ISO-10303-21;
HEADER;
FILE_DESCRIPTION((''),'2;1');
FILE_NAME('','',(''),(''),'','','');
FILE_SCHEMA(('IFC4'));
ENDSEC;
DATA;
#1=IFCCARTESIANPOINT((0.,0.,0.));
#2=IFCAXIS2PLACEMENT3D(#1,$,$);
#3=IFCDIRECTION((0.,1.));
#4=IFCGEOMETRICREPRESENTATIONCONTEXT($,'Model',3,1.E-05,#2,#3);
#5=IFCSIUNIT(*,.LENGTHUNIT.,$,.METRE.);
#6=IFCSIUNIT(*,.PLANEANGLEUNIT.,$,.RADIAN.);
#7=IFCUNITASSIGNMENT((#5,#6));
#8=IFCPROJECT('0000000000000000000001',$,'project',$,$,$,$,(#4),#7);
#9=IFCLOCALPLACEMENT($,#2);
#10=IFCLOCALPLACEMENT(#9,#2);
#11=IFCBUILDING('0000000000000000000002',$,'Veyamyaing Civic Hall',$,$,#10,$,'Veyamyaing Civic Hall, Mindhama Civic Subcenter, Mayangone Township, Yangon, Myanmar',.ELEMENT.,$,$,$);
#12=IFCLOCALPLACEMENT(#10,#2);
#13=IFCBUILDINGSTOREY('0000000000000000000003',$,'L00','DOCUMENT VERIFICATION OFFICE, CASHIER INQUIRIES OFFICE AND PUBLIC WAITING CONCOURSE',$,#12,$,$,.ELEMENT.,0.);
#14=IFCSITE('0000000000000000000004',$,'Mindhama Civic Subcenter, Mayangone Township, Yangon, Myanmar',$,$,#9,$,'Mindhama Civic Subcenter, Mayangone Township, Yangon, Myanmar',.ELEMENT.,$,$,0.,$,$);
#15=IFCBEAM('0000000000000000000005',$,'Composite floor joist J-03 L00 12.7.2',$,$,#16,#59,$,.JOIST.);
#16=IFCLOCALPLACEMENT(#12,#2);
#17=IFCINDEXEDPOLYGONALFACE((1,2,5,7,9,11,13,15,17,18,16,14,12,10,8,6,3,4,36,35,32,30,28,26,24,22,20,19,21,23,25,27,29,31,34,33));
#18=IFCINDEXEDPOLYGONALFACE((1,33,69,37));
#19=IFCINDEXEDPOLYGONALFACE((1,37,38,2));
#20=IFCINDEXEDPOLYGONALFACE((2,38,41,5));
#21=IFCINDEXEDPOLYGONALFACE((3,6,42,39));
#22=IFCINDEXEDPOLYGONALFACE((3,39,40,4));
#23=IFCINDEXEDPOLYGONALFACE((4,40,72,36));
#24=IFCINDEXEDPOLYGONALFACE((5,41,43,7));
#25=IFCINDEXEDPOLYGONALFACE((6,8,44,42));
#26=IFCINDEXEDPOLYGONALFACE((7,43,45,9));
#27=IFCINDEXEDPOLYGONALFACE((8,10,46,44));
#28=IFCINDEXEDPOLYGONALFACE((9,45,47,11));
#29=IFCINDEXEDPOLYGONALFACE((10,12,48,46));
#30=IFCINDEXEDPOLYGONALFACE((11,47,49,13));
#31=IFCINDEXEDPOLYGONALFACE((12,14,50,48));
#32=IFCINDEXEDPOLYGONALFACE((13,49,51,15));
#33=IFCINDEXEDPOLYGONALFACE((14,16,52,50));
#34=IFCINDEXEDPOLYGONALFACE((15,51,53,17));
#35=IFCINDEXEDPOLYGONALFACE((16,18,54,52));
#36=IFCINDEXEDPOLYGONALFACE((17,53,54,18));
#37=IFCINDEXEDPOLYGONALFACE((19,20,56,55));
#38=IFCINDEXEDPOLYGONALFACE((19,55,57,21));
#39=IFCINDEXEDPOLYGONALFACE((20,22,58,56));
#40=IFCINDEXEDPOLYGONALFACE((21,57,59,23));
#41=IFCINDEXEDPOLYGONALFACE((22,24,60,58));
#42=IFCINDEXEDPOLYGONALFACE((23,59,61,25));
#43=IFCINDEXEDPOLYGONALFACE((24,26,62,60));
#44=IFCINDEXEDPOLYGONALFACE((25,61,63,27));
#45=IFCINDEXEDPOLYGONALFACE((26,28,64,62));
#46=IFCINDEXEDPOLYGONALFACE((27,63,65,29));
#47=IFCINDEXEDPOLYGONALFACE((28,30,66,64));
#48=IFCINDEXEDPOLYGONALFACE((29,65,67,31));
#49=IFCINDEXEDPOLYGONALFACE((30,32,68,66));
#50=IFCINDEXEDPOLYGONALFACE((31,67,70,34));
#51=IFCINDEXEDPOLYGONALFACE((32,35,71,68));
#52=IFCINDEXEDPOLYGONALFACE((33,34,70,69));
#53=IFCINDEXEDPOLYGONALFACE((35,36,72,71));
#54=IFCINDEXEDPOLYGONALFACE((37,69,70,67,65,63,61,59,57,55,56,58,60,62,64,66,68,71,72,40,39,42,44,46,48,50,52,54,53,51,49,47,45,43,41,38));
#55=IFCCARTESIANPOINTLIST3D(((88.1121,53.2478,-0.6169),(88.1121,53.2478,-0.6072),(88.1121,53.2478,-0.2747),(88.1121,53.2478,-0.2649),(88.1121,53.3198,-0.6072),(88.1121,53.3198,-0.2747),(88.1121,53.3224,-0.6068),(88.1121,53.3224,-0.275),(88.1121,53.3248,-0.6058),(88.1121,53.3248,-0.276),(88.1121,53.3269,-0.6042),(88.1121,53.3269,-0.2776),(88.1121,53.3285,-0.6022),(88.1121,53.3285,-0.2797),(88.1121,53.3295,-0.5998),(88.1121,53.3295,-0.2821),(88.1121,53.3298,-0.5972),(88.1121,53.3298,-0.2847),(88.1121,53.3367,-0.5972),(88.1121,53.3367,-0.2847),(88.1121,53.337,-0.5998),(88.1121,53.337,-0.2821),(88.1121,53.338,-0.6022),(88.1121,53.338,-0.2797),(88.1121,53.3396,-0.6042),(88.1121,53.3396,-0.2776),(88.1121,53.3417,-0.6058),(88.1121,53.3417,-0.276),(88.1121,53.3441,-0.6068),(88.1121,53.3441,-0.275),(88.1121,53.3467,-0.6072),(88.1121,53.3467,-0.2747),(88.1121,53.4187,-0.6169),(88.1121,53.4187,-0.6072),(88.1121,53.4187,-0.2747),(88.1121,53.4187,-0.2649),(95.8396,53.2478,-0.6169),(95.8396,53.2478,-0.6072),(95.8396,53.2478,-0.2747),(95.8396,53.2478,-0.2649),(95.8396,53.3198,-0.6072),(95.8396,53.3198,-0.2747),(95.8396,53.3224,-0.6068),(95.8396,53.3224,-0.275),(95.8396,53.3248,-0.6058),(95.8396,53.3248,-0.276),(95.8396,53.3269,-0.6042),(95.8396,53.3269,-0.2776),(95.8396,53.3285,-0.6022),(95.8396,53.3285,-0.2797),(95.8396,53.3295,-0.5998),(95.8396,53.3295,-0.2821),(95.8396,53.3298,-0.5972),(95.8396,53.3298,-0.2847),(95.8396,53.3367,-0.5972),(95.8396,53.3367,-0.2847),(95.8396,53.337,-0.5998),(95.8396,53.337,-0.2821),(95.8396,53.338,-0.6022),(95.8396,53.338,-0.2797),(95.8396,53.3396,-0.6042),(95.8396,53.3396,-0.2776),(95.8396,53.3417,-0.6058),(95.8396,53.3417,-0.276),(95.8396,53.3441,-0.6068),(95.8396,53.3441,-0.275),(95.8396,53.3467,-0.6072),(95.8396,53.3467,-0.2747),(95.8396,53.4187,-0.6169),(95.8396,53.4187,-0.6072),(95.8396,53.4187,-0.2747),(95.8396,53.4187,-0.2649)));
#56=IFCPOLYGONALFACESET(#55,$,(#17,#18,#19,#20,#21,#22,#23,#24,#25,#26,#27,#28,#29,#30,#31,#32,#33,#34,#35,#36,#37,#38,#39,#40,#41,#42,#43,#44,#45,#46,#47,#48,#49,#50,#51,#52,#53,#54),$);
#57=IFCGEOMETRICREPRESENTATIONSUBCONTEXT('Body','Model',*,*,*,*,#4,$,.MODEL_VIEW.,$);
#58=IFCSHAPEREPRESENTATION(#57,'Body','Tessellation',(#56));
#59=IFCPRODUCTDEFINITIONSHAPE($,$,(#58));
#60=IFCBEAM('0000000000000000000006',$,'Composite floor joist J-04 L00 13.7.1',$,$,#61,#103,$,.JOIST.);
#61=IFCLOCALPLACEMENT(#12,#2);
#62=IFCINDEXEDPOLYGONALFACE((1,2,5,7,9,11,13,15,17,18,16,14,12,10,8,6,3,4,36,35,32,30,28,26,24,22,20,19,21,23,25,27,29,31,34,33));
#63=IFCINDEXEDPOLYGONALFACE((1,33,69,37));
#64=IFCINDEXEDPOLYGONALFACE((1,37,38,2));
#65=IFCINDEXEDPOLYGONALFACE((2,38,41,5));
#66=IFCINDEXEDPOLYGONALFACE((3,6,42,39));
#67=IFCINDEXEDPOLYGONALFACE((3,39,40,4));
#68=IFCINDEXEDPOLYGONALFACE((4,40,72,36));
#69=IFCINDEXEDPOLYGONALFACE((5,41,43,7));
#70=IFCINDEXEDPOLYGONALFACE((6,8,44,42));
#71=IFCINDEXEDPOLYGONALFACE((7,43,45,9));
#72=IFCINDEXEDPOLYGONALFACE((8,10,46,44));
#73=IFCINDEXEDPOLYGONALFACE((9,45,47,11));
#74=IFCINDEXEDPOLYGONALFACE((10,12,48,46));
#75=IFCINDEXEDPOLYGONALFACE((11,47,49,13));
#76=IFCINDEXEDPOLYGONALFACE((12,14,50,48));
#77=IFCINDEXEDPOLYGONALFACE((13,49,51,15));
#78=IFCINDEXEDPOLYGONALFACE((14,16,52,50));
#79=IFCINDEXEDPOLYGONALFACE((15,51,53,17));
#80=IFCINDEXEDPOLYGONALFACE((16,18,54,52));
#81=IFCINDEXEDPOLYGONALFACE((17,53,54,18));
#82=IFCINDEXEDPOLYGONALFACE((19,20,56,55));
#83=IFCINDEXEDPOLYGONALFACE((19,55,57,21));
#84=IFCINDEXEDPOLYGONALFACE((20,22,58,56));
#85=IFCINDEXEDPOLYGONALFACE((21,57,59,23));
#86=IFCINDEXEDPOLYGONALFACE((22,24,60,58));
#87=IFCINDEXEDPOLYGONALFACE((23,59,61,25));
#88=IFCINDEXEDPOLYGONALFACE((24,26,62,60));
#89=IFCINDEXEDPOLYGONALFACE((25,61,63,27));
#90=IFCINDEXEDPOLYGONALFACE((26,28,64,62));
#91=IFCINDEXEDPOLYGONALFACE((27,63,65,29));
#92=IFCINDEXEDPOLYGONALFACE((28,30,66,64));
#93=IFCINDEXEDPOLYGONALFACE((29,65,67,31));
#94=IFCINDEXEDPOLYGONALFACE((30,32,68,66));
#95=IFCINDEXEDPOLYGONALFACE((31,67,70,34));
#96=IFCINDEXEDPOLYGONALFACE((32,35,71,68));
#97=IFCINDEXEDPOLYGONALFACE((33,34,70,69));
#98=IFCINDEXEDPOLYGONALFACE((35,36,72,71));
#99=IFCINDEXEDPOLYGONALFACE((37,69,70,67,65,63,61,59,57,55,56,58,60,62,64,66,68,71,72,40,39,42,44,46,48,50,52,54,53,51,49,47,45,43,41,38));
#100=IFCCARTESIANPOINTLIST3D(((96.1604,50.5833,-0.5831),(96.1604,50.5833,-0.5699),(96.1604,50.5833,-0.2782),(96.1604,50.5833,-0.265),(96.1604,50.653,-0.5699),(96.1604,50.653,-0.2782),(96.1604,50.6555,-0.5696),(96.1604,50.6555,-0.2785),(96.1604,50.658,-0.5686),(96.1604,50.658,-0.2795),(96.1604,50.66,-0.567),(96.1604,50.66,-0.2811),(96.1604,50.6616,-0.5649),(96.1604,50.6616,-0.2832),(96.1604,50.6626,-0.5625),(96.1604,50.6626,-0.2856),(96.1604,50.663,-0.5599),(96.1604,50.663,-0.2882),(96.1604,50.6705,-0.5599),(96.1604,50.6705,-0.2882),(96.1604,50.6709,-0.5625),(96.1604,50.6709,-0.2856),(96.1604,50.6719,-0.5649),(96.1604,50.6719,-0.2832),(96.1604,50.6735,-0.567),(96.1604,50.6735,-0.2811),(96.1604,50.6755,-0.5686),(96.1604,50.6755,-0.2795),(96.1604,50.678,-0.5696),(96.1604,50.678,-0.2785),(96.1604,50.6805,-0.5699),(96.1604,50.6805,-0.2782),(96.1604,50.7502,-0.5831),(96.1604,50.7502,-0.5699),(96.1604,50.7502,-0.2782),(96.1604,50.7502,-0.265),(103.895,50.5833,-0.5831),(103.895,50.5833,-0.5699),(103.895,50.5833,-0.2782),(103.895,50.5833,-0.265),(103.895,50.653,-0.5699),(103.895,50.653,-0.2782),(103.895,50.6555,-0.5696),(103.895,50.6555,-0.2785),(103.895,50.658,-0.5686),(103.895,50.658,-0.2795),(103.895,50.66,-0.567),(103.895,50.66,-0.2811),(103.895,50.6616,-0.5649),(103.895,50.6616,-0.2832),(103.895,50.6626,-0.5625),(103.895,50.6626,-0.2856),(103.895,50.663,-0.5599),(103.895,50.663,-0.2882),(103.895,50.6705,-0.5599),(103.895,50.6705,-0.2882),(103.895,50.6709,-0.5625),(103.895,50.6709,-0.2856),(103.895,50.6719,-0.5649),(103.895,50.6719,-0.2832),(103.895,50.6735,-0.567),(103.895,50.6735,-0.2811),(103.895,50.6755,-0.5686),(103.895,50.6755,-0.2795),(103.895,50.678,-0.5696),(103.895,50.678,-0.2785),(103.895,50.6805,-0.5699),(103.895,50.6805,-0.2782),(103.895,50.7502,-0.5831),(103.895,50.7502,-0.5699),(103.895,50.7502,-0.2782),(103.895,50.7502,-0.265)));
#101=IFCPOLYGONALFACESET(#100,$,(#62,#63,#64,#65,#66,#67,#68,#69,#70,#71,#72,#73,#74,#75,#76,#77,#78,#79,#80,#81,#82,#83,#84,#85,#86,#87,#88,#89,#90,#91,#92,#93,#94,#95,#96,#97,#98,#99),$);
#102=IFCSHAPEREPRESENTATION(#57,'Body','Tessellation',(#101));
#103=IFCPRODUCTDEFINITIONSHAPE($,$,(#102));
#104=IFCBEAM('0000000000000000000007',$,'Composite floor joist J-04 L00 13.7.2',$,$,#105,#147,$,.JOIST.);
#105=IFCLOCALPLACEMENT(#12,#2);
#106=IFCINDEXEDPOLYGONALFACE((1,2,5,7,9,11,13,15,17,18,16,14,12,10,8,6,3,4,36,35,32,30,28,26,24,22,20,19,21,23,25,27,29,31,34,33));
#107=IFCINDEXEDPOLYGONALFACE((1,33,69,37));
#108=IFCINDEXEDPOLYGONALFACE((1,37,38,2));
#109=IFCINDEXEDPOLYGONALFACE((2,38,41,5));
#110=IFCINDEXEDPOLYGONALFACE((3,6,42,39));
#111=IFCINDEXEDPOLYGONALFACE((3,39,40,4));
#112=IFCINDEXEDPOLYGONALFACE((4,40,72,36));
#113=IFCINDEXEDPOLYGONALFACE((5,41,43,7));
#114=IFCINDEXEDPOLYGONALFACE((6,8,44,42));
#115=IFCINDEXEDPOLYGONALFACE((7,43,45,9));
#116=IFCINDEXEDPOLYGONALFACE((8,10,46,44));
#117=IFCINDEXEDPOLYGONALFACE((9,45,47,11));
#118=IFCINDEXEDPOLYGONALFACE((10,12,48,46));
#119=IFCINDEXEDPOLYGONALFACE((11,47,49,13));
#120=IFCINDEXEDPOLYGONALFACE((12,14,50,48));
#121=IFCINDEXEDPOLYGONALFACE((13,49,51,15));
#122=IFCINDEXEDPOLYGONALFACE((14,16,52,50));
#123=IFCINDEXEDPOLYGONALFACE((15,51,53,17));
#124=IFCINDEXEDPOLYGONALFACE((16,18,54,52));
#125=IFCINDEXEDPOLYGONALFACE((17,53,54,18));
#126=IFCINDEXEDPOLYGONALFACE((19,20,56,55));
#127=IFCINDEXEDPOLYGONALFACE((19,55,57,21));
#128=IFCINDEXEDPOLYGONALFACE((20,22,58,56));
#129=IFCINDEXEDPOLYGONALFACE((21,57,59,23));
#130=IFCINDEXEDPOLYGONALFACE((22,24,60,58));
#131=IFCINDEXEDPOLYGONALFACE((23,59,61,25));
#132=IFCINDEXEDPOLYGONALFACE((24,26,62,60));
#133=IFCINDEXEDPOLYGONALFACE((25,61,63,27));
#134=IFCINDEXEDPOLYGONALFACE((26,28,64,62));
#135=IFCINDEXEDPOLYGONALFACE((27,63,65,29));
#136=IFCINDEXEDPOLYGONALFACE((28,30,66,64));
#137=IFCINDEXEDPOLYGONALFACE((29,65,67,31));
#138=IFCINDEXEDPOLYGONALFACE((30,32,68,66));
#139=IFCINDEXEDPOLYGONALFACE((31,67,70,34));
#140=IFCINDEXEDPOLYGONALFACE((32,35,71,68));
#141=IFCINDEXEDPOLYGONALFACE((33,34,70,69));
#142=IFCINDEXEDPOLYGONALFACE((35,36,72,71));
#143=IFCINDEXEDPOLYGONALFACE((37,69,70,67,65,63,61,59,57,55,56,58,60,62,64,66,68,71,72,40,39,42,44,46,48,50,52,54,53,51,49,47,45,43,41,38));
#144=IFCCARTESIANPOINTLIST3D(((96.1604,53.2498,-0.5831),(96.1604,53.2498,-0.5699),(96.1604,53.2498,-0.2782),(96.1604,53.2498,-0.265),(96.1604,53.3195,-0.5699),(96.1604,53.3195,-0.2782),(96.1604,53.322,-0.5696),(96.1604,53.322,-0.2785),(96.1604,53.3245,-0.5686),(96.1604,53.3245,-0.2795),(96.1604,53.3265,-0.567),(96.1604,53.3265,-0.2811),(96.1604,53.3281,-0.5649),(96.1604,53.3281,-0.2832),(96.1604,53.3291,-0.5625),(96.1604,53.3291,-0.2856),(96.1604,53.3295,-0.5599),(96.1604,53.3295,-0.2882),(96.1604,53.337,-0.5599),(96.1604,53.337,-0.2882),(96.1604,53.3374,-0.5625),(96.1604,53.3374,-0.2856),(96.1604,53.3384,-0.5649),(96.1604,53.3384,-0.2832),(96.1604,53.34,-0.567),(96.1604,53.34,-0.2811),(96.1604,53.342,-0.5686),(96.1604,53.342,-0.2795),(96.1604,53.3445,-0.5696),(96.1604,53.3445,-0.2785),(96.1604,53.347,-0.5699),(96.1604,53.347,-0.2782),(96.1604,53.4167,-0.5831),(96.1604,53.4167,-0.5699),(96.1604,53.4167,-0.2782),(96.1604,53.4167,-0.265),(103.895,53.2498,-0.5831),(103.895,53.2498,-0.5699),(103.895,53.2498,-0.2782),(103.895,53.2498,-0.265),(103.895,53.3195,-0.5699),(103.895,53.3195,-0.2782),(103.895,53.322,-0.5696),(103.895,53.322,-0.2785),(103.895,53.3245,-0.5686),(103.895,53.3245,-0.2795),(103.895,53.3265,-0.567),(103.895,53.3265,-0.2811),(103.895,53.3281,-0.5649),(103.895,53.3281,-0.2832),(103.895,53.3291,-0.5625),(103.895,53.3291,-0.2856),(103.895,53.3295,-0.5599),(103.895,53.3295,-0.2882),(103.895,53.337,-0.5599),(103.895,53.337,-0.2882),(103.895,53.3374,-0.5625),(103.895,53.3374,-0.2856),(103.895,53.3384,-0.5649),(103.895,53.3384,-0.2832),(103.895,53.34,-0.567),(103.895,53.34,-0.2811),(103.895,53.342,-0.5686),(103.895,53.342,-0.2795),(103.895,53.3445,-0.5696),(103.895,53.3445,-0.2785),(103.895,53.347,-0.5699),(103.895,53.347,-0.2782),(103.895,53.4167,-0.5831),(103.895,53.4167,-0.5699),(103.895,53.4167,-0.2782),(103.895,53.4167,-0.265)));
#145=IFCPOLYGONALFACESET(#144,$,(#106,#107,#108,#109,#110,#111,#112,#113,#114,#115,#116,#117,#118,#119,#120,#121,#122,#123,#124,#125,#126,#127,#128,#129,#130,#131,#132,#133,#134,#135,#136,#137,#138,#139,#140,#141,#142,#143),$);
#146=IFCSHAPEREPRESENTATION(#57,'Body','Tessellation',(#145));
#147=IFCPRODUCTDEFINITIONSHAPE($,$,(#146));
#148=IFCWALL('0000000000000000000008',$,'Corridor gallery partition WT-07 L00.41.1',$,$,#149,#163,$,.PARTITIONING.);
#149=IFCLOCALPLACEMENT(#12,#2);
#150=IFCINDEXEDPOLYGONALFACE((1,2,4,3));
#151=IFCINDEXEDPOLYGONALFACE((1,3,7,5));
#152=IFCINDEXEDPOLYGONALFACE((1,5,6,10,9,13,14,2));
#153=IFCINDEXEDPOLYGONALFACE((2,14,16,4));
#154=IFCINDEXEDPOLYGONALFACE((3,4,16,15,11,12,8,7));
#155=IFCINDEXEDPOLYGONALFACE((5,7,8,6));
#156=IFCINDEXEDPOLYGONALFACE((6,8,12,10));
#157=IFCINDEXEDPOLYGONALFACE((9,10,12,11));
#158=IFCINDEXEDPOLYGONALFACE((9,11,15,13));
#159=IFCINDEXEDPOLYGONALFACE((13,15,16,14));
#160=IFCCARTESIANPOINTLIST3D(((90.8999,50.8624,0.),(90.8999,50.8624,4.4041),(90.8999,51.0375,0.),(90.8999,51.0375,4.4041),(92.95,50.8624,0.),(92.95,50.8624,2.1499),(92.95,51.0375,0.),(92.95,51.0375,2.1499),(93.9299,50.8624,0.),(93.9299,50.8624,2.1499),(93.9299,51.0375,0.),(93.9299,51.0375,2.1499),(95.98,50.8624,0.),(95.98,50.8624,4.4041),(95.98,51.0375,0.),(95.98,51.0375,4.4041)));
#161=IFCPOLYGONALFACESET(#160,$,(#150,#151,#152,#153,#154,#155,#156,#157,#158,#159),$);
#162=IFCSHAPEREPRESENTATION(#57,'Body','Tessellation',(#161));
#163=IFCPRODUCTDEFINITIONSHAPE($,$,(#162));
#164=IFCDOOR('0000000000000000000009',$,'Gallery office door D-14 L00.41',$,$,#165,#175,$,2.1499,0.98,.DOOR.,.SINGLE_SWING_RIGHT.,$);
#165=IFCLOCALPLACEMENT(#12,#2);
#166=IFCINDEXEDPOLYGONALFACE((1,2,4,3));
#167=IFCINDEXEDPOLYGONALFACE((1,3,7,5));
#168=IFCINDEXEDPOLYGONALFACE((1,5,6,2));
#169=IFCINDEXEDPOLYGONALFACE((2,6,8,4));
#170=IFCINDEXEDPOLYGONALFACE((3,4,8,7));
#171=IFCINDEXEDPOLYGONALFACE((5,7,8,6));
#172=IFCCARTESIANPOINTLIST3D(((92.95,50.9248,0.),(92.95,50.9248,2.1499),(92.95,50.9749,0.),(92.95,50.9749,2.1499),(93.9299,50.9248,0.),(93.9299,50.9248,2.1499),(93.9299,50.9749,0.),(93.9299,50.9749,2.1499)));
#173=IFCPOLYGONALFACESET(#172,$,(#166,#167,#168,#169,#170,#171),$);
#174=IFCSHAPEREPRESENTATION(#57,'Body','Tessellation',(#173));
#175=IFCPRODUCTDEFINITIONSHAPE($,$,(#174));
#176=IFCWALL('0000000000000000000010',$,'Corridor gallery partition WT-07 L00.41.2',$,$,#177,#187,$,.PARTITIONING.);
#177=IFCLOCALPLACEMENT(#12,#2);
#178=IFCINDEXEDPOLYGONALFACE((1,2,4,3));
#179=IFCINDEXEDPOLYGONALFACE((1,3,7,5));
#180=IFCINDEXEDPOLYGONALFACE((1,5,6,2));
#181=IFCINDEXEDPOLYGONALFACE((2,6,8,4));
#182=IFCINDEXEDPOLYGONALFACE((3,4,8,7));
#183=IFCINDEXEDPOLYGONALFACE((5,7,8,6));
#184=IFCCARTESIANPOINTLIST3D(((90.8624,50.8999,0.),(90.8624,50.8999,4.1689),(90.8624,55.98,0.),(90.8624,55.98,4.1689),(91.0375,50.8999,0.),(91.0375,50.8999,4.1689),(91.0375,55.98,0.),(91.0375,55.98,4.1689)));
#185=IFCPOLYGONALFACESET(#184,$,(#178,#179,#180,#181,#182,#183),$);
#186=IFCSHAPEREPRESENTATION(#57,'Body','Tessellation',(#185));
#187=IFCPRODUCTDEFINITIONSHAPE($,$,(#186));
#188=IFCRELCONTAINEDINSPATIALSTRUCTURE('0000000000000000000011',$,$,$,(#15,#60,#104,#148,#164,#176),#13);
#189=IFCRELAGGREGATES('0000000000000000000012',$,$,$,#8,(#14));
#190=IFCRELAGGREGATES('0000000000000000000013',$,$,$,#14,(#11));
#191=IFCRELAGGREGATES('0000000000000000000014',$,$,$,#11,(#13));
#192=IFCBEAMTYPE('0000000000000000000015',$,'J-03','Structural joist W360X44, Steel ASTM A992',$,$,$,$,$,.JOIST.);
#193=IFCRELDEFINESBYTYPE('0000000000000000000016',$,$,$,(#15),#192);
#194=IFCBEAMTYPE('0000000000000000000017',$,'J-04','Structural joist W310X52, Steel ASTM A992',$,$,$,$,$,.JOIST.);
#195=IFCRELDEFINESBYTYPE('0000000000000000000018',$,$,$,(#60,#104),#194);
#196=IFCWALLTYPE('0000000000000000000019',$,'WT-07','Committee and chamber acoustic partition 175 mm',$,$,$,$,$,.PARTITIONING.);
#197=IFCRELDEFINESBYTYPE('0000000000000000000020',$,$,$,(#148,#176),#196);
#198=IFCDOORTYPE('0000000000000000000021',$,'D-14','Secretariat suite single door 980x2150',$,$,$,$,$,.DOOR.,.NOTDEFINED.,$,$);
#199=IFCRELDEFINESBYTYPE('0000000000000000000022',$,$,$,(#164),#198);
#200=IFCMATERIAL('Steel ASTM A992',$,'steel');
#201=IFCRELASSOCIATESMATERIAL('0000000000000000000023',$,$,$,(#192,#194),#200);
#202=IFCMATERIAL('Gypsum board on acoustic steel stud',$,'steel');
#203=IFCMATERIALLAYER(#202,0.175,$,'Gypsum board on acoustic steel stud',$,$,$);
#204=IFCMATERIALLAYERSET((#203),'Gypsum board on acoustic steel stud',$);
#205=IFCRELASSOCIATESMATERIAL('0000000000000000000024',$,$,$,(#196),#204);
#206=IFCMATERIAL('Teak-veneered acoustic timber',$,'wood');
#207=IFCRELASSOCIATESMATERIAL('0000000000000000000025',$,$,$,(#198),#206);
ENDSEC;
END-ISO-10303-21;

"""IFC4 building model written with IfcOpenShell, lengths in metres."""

from ifc_helpers import new_model, si_unit, direction, frame, frame_2d, origin, origin_2d, place, context, subcontext, project, spatial, rectangle, i_section, extrude, material, layer, layer_set, material_profile, profile_set, type_object, element, fill, save


model = new_model("IFC4")

# Units and contexts
model_context = context("Model", 3, precision=1e-05, world=origin(), true_north=direction((0.0, 1.0)))
body_context = subcontext(model_context, "Body", "Model", "MODEL_VIEW")
ifc_project = project(units=[si_unit("LENGTHUNIT", "METRE"), si_unit("PLANEANGLEUNIT", "RADIAN")], contexts=[model_context])

# Site, building, storey
site_placement = place(None, origin())
site = spatial("IfcSite", under=ifc_project, at=site_placement, Name="Mindhama Civic Subcenter, Mayangone Township, Yangon, Myanmar", LongName="Mindhama Civic Subcenter, Mayangone Township, Yangon, Myanmar", CompositionType="ELEMENT", RefElevation=0.0)
building_placement = place(site_placement, origin())
building = spatial("IfcBuilding", under=site, at=building_placement, Name="Veyamyaing Civic Hall", LongName="Veyamyaing Civic Hall, Mindhama Civic Subcenter, Mayangone Township, Yangon, Myanmar", CompositionType="ELEMENT")
storey_placement = place(building_placement, origin())
storey = spatial("IfcBuildingStorey", under=building, at=storey_placement, Name="L00", Description="DOCUMENT VERIFICATION OFFICE, CASHIER INQUIRIES OFFICE AND PUBLIC WAITING CONCOURSE", CompositionType="ELEMENT", Elevation=0.0)

# Beams
ifc_material_1 = material(Name="Steel ASTM A992", Category="steel")
ifc_material_profile_1 = material_profile(ifc_material_1, i_section(OverallWidth=0.1709, OverallDepth=0.3521, WebThickness=0.0068, FlangeThickness=0.0098, FilletRadius=0.01, at=origin_2d()), Name="W360X44")
ifc_profile_set_1 = profile_set([ifc_material_profile_1], Name="Steel ASTM A992")
beam_type_1 = type_object("IfcBeamType", Name="J-03", Description="Structural joist W360X44, Steel ASTM A992", PredefinedType="JOIST", material=ifc_profile_set_1)
for number, where, z_axis, x_axis, name in (
    (1, (88.1121, 53.3333, -0.4409), (1.0, 0.0, 0.0), (0.0, 1.0, 0.0), "Composite floor joist J-03 L00 12.7.2"),
):
    element("IfcBeam", number, at=place(storey_placement, frame(where, z_axis=z_axis, x_axis=x_axis)), inside=storey, type_object=beam_type_1, Name=name, PredefinedType="JOIST", context=body_context, shape_type="SweptSolid", body=[
        extrude(i_section(OverallWidth=0.1709, OverallDepth=0.3521, WebThickness=0.0068, FlangeThickness=0.0098, FilletRadius=0.01, at=origin_2d()), origin(), (0.0, 0.0, 1.0), 7.7275),
    ])
ifc_material_profile_2 = material_profile(ifc_material_1, i_section(OverallWidth=0.167, OverallDepth=0.3181, WebThickness=0.0076, FlangeThickness=0.0132, FilletRadius=0.01, at=origin_2d()), Name="W310X52")
ifc_profile_set_2 = profile_set([ifc_material_profile_2], Name="Steel ASTM A992")
beam_type_2 = type_object("IfcBeamType", Name="J-04", Description="Structural joist W310X52, Steel ASTM A992", PredefinedType="JOIST", material=ifc_profile_set_2)
for number, where, z_axis, x_axis, name in (
    (2, (96.1604, 50.6667, -0.4241), (1.0, 0.0, 0.0), (0.0, 1.0, 0.0), "Composite floor joist J-04 L00 13.7.1"),
    (3, (96.1604, 53.3333, -0.4241), (1.0, 0.0, 0.0), (0.0, 1.0, 0.0), "Composite floor joist J-04 L00 13.7.2"),
):
    element("IfcBeam", number, at=place(storey_placement, frame(where, z_axis=z_axis, x_axis=x_axis)), inside=storey, type_object=beam_type_2, Name=name, PredefinedType="JOIST", context=body_context, shape_type="SweptSolid", body=[
        extrude(i_section(OverallWidth=0.167, OverallDepth=0.3181, WebThickness=0.0076, FlangeThickness=0.0132, FilletRadius=0.01, at=origin_2d()), origin(), (0.0, 0.0, 1.0), 7.7346),
    ])

# Wall, opening, door
ifc_material_2 = material(Name="Gypsum board on acoustic steel stud", Category="steel")
ifc_layer_1 = layer(ifc_material_2, 0.175, Name="Gypsum board on acoustic steel stud")
ifc_layer_set_1 = layer_set([ifc_layer_1], Name="Gypsum board on acoustic steel stud")
wall_type_1 = type_object("IfcWallType", Name="WT-07", Description="Committee and chamber acoustic partition 175 mm", PredefinedType="PARTITIONING", material=ifc_layer_set_1)
wall_1_placement = place(storey_placement, frame((90.8999, 50.95, 0.0), z_axis=(0.0, 0.0, 1.0), x_axis=(1.0, 0.0, 0.0)))
wall_1 = element("IfcWall", 4, at=wall_1_placement, inside=storey, type_object=wall_type_1, Name="Corridor gallery partition WT-07 L00.41.1", PredefinedType="PARTITIONING", context=body_context, shape_type="SweptSolid", body=[
    extrude(rectangle(XDim=5.0801, YDim=0.175, at=frame_2d((2.54, 0.0))), origin(), (0.0, 0.0, 1.0), 4.4041),
])
opening_1_placement = place(wall_1_placement, frame((2.05, 0.0, 0.0)))
opening_1 = element("IfcOpeningElement", 5, at=opening_1_placement, cuts=wall_1, PredefinedType="OPENING", context=body_context, shape_type="SweptSolid", body=[
    extrude(rectangle(XDim=0.98, YDim=2.1499, at=frame_2d((0.49, 1.075))), frame((0.0, 0.0974, 0.0), z_axis=(0.0, -1.0, 0.0), x_axis=(1.0, 0.0, 0.0)), (0.0, 0.0, 1.0), 0.1951),
])
ifc_material_3 = material(Name="Teak-veneered acoustic timber", Category="wood")
door_type_1 = type_object("IfcDoorType", Name="D-14", Description="Secretariat suite single door 980x2150", OperationType="NOTDEFINED", PredefinedType="DOOR", material=ifc_material_3)
door_1_placement = place(opening_1_placement, origin())
door_1 = element("IfcDoor", 6, at=door_1_placement, inside=storey, type_object=door_type_1, Name="Gallery office door D-14 L00.41", OperationType="SINGLE_SWING_RIGHT", OverallHeight=2.1499, OverallWidth=0.98, PredefinedType="DOOR", context=body_context, shape_type="SweptSolid", body=[
    extrude(rectangle(XDim=0.98, YDim=2.1499, at=frame_2d((0.49, 1.075))), frame((0.0, 0.0249, 0.0), z_axis=(0.0, -1.0, 0.0), x_axis=(1.0, 0.0, 0.0)), (0.0, 0.0, 1.0), 0.05),
])
fill(opening_1, door_1)

# Wall
wall_2_placement = place(storey_placement, frame((90.95, 50.8999, 0.0), z_axis=(0.0, 0.0, 1.0), x_axis=(0.0, 1.0, 0.0)))
element("IfcWall", 7, at=wall_2_placement, inside=storey, type_object=wall_type_1, Name="Corridor gallery partition WT-07 L00.41.2", PredefinedType="PARTITIONING", context=body_context, shape_type="SweptSolid", body=[
    extrude(rectangle(XDim=5.0801, YDim=0.175, at=frame_2d((2.54, 0.0))), origin(), (0.0, 0.0, 1.0), 4.1689),
])

save(model, "model.ifc")
